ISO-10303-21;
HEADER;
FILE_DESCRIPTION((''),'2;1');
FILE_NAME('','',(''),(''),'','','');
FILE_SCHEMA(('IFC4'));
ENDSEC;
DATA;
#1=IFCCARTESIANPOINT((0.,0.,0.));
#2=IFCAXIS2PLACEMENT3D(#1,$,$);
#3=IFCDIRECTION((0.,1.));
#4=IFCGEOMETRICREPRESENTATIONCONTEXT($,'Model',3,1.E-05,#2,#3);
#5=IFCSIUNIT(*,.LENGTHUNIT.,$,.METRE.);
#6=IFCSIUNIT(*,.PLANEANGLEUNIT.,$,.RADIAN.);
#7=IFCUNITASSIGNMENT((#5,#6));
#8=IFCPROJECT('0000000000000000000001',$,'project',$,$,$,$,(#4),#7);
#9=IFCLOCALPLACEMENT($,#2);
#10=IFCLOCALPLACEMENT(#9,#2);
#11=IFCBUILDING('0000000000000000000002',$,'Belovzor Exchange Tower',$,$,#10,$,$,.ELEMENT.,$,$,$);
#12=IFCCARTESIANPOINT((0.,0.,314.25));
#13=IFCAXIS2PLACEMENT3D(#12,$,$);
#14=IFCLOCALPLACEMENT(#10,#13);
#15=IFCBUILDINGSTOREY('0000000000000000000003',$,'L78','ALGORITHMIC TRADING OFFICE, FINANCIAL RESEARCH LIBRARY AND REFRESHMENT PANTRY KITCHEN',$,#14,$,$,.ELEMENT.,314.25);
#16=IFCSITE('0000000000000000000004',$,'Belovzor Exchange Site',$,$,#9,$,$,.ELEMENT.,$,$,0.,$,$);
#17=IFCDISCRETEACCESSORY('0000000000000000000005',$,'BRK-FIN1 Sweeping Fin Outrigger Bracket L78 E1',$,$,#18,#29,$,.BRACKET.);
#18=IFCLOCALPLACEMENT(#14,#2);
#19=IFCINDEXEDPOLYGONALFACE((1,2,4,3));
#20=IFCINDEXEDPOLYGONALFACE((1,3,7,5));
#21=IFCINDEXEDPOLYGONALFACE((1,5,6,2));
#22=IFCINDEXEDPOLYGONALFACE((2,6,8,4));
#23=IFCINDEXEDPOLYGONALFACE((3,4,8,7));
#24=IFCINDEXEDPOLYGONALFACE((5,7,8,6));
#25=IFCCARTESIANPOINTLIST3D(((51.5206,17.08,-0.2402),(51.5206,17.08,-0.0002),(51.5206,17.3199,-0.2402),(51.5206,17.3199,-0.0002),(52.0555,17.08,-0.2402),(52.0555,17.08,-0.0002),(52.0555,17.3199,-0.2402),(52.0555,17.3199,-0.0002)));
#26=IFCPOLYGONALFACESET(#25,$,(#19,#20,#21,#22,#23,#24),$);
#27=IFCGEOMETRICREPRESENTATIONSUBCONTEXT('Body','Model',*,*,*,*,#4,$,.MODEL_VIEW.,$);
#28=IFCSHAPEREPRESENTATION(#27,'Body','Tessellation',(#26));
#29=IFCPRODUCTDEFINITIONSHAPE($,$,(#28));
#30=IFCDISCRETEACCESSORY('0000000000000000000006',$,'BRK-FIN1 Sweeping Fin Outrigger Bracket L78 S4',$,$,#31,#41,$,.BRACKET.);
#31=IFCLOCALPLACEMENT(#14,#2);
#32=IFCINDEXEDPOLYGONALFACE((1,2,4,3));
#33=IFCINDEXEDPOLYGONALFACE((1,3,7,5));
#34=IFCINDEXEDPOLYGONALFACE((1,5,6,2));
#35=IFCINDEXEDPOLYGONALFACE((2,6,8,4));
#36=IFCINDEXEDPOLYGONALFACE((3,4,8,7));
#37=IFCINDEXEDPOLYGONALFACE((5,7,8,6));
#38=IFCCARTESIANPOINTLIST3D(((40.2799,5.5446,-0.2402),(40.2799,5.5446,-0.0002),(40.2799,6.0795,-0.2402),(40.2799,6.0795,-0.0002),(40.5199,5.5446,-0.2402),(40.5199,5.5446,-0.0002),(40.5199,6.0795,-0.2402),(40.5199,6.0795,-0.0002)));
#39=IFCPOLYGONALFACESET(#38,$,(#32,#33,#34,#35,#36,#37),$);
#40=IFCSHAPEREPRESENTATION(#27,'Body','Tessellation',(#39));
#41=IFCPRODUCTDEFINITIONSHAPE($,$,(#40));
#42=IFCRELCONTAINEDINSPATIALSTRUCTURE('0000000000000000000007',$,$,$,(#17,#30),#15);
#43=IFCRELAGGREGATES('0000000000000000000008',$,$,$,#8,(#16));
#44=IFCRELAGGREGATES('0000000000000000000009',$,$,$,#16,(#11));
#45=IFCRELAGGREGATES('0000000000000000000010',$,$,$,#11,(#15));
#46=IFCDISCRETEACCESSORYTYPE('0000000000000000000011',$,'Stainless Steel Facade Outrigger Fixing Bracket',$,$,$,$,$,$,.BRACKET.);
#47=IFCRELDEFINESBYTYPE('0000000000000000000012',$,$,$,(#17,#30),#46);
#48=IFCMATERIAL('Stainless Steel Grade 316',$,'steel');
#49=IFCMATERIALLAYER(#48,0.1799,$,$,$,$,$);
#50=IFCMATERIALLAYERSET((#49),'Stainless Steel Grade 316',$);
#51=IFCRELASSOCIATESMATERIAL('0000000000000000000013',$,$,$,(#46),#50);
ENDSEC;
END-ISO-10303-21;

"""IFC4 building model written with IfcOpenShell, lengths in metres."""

from ifc_helpers import new_model, si_unit, direction, frame, origin, origin_2d, place, context, subcontext, project, spatial, rectangle, extrude, material, layer, layer_set, type_object, element, save


model = new_model("IFC4")

# Units and contexts
model_context = context("Model", 3, precision=1e-05, world=origin(), true_north=direction((0.0, 1.0)))
body_context = subcontext(model_context, "Body", "Model", "MODEL_VIEW")
ifc_project = project(units=[si_unit("LENGTHUNIT", "METRE"), si_unit("PLANEANGLEUNIT", "RADIAN")], contexts=[model_context])

# Site, building, storey
site_placement = place(None, origin())
site = spatial("IfcSite", under=ifc_project, at=site_placement, Name="Belovzor Exchange Site", CompositionType="ELEMENT", RefElevation=0.0)
building_placement = place(site_placement, origin())
building = spatial("IfcBuilding", under=site, at=building_placement, Name="Belovzor Exchange Tower", CompositionType="ELEMENT")
storey_placement = place(building_placement, frame((0.0, 0.0, 314.25)))
storey = spatial("IfcBuildingStorey", under=building, at=storey_placement, Name="L78", Description="ALGORITHMIC TRADING OFFICE, FINANCIAL RESEARCH LIBRARY AND REFRESHMENT PANTRY KITCHEN", CompositionType="ELEMENT", Elevation=314.25)

# Discrete accessories
ifc_material_1 = material(Name="Stainless Steel Grade 316", Category="steel")
ifc_layer_1 = layer(ifc_material_1, 0.1799)
ifc_layer_set_1 = layer_set([ifc_layer_1], Name="Stainless Steel Grade 316")
discrete_accessory_type = type_object("IfcDiscreteAccessoryType", Name="Stainless Steel Facade Outrigger Fixing Bracket", PredefinedType="BRACKET", material=ifc_layer_set_1)
for number, where, z_axis, x_axis, name in (
    (1, (51.7881, 17.2, -0.2402), (0.0, 0.0, 1.0), (1.0, 0.0, 0.0), "BRK-FIN1 Sweeping Fin Outrigger Bracket L78 E1"),
    (2, (40.3999, 5.812, -0.2402), (0.0, 0.0, 1.0), (0.0, 1.0, 0.0), "BRK-FIN1 Sweeping Fin Outrigger Bracket L78 S4"),
):
    element("IfcDiscreteAccessory", number, at=place(storey_placement, frame(where, z_axis=z_axis, x_axis=x_axis)), inside=storey, type_object=discrete_accessory_type, Name=name, PredefinedType="BRACKET", context=body_context, shape_type="SweptSolid", body=[
        extrude(rectangle(XDim=0.5349, YDim=0.24, at=origin_2d()), origin(), (0.0, 0.0, 1.0), 0.24),
    ])

save(model, "model.ifc")
